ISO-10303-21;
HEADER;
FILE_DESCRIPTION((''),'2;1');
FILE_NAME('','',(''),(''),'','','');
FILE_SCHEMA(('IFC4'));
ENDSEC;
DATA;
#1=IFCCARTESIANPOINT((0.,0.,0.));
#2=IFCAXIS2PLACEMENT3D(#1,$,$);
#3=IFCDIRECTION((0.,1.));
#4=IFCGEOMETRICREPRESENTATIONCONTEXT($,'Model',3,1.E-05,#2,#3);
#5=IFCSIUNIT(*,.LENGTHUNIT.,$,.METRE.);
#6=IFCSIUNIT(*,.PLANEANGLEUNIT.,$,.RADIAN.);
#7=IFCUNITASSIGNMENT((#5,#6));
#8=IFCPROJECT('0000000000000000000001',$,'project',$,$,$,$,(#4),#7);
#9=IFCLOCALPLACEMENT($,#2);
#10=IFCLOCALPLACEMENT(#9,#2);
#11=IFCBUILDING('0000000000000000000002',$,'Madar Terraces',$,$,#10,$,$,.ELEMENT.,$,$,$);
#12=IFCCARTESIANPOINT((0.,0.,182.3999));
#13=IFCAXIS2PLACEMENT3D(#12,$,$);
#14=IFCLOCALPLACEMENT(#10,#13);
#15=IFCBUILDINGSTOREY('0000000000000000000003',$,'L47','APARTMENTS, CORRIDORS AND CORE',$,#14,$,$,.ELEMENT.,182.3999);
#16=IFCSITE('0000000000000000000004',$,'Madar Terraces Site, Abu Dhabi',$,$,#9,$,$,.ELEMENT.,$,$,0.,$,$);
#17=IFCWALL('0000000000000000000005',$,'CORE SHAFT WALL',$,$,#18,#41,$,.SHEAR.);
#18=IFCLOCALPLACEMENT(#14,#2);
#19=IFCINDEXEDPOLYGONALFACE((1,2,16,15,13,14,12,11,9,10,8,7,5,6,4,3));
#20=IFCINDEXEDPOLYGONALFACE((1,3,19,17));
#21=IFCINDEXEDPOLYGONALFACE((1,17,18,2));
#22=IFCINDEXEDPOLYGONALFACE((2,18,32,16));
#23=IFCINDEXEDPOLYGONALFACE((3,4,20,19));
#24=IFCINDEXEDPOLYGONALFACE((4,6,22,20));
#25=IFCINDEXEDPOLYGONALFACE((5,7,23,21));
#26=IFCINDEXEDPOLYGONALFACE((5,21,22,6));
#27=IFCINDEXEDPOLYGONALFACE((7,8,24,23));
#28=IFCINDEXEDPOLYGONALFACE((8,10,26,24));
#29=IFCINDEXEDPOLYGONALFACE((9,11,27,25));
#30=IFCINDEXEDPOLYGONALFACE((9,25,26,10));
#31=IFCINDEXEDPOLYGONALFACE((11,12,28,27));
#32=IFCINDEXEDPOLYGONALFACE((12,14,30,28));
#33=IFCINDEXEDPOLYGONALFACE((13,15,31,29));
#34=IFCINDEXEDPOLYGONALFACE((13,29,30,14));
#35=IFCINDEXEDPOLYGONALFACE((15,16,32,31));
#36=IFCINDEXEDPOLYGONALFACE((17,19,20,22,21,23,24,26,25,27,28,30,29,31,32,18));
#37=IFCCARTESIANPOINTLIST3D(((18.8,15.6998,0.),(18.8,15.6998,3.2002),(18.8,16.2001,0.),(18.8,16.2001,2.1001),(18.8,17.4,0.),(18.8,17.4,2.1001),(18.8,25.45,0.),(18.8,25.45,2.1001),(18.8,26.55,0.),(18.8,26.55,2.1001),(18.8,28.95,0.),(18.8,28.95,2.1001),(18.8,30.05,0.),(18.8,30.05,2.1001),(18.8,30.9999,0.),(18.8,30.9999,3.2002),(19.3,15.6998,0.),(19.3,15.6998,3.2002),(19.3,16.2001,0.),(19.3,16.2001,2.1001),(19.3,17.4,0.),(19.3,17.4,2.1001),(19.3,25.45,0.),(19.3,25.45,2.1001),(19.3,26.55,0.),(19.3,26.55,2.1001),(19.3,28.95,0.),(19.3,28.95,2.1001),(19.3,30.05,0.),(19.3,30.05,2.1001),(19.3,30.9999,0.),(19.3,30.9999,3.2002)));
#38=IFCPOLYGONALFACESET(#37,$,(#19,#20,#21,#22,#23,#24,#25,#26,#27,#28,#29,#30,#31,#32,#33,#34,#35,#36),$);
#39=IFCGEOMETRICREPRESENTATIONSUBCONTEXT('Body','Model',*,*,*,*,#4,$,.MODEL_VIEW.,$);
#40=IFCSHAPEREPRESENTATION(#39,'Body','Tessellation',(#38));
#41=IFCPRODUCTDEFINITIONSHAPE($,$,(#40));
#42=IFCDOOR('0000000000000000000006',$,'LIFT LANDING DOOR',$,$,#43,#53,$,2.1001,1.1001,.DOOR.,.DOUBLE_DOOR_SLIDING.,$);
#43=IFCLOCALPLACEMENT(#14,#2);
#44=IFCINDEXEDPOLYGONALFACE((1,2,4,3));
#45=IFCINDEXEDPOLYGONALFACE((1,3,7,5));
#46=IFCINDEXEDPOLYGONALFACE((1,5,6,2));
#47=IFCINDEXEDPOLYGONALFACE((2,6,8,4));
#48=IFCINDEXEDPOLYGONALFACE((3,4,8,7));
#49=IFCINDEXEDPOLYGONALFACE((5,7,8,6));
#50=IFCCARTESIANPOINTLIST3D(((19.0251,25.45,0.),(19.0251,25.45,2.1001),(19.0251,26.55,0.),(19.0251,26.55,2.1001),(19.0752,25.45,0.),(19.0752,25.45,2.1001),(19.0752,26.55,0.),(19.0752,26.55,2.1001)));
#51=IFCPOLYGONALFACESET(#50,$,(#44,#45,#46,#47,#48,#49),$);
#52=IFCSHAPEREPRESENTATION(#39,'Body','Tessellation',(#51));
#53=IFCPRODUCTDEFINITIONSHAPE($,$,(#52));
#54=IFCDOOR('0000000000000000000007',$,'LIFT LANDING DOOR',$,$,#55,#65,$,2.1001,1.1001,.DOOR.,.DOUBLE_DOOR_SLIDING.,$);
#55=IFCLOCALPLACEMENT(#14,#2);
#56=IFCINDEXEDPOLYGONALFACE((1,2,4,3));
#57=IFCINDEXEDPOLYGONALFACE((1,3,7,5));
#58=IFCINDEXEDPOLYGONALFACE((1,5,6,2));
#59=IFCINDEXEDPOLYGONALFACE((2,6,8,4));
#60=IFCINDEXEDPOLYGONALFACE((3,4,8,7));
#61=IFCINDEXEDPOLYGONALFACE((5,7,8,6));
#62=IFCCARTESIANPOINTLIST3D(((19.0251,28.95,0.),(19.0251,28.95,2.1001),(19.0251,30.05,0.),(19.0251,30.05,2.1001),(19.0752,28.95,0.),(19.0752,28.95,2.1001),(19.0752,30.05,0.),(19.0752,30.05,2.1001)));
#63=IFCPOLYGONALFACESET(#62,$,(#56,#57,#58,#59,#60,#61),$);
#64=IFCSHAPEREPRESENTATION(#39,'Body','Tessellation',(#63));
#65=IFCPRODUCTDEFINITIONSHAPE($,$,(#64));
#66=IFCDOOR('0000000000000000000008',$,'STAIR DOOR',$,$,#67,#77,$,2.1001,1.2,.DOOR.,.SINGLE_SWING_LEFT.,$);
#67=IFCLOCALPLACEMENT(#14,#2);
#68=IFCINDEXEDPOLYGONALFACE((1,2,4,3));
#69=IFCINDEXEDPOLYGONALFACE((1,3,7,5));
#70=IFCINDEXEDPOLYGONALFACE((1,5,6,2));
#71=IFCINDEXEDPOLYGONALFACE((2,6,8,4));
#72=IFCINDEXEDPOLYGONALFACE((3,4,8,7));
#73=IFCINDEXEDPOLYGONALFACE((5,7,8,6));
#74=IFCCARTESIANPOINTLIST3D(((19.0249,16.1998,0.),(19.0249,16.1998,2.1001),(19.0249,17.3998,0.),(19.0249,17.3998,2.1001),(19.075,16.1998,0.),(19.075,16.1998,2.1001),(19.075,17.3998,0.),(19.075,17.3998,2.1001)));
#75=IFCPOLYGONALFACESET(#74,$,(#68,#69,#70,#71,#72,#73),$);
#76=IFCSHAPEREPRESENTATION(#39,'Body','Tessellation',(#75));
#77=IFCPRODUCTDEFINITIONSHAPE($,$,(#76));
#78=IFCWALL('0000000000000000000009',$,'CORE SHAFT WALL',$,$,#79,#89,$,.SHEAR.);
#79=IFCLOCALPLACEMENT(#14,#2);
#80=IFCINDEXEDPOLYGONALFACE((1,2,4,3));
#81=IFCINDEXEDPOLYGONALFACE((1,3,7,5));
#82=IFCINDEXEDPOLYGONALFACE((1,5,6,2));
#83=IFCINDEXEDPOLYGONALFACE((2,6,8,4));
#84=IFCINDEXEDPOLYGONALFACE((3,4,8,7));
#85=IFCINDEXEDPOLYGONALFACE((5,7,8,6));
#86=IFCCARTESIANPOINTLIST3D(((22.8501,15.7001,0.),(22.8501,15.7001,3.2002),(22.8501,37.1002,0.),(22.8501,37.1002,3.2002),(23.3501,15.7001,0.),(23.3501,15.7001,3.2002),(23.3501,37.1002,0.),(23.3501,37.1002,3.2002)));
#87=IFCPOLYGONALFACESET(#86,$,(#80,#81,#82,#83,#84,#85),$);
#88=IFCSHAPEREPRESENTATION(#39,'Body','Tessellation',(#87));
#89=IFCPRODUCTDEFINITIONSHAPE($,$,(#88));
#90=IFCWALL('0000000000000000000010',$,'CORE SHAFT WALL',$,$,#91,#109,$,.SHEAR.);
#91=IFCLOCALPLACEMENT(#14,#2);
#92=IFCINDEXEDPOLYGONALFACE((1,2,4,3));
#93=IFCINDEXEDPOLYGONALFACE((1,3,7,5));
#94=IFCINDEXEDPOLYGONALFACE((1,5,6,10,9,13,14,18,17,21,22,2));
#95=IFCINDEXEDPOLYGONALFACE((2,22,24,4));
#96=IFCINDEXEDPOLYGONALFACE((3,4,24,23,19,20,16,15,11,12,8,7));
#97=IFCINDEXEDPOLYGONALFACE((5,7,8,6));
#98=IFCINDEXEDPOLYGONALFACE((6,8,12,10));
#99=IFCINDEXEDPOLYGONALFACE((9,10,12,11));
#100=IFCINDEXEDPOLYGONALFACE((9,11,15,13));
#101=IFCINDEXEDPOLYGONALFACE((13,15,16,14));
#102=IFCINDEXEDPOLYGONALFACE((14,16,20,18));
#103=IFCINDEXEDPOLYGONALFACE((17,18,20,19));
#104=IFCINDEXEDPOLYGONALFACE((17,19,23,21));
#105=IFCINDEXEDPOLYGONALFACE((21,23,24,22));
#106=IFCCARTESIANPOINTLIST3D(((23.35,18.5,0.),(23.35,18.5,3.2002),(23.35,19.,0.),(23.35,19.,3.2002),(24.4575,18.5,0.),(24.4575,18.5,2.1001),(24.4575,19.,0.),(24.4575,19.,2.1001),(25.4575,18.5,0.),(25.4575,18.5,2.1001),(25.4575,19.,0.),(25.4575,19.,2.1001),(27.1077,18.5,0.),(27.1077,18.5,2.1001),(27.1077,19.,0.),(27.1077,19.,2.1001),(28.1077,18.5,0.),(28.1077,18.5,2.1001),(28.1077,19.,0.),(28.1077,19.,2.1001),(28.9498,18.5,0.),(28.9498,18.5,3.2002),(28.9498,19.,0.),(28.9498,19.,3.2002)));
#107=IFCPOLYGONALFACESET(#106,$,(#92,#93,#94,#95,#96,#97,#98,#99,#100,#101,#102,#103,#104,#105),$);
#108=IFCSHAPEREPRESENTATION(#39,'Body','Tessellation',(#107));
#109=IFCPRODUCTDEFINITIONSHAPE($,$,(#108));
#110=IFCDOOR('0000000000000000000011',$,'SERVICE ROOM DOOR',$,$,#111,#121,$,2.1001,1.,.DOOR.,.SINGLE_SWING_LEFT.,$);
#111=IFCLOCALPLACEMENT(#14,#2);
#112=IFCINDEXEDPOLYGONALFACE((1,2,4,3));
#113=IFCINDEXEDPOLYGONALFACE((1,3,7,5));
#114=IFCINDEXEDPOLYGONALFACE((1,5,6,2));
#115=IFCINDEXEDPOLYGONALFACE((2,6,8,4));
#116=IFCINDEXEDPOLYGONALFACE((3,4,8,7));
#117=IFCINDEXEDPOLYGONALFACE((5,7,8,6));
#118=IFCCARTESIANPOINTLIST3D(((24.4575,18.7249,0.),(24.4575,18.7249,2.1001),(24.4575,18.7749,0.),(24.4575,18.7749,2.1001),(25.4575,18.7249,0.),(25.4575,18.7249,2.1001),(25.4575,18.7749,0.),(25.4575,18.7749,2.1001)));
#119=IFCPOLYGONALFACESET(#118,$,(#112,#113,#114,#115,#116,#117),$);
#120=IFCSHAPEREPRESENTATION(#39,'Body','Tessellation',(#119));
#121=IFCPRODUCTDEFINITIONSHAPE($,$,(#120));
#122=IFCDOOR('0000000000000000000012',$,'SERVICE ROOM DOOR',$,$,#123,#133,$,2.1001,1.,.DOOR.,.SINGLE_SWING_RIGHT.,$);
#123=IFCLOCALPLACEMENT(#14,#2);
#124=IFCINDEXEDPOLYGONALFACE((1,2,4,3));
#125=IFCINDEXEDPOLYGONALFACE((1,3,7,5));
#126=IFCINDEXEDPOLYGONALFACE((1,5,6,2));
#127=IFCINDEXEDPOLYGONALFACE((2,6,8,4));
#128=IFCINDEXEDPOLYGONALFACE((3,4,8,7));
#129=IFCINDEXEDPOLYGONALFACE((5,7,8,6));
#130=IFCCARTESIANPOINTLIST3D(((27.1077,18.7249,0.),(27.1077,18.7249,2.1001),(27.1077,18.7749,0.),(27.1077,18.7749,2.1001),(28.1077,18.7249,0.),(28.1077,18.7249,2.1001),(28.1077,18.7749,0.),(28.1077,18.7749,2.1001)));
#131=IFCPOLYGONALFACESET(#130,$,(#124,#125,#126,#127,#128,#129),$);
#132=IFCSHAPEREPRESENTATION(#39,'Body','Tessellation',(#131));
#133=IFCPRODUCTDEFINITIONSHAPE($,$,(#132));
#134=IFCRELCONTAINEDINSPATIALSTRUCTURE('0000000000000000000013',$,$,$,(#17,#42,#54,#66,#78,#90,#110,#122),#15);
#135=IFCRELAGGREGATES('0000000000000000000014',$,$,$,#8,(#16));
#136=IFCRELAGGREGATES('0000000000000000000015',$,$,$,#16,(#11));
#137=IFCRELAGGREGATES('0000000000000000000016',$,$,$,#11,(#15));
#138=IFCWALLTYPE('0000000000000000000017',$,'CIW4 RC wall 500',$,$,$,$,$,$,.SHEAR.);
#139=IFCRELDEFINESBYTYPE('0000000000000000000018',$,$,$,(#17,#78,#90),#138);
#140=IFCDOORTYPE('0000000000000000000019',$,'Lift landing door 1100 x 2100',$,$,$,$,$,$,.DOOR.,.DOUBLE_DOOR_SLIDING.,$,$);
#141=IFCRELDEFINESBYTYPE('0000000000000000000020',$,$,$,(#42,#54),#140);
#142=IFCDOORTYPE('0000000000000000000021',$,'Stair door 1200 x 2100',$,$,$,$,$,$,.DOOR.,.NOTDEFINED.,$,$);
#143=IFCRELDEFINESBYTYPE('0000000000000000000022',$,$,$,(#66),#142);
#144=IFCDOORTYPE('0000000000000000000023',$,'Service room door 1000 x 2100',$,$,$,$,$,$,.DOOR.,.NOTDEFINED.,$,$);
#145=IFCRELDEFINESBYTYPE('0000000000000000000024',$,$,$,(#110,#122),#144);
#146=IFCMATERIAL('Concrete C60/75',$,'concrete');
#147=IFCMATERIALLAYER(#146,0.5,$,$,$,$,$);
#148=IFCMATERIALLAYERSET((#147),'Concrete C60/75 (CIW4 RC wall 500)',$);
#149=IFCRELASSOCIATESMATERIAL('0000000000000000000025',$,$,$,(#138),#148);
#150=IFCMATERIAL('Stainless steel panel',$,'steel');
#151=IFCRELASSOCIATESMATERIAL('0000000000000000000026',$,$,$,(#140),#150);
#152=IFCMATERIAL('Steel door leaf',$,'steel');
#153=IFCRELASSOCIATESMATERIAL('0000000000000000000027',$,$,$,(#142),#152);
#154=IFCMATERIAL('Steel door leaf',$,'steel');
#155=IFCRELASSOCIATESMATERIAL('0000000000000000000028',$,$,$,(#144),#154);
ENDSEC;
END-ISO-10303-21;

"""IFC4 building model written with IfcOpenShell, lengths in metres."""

from ifc_helpers import new_model, si_unit, direction, frame, frame_2d, origin, place, context, subcontext, project, spatial, rectangle, extrude, material, layer, layer_set, type_object, element, fill, save


model = new_model("IFC4")

# Units and contexts
model_context = context("Model", 3, precision=1e-05, world=origin(), true_north=direction((0.0, 1.0)))
body_context = subcontext(model_context, "Body", "Model", "MODEL_VIEW")
ifc_project = project(units=[si_unit("LENGTHUNIT", "METRE"), si_unit("PLANEANGLEUNIT", "RADIAN")], contexts=[model_context])

# Site, building, storey
site_placement = place(None, origin())
site = spatial("IfcSite", under=ifc_project, at=site_placement, Name="Madar Terraces Site, Abu Dhabi", CompositionType="ELEMENT", RefElevation=0.0)
building_placement = place(site_placement, origin())
building = spatial("IfcBuilding", under=site, at=building_placement, Name="Madar Terraces", CompositionType="ELEMENT")
storey_placement = place(building_placement, frame((0.0, 0.0, 182.3999)))
storey = spatial("IfcBuildingStorey", under=building, at=storey_placement, Name="L47", Description="APARTMENTS, CORRIDORS AND CORE", CompositionType="ELEMENT", Elevation=182.3999)

# Wall, openings, doors
ifc_material_1 = material(Name="Concrete C60/75", Category="concrete")
ifc_layer_1 = layer(ifc_material_1, 0.5)
ifc_layer_set_1 = layer_set([ifc_layer_1], Name="Concrete C60/75 (CIW4 RC wall 500)")
wall_type_1 = type_object("IfcWallType", Name="CIW4 RC wall 500", PredefinedType="SHEAR", material=ifc_layer_set_1)
wall_1_placement = place(storey_placement, frame((19.05, 15.7, 0.0), z_axis=(0.0, 0.0, 1.0), x_axis=(0.0, 1.0, 0.0)))
wall_1 = element("IfcWall", 1, at=wall_1_placement, inside=storey, type_object=wall_type_1, Name="CORE SHAFT WALL", PredefinedType="SHEAR", context=body_context, shape_type="SweptSolid", body=[
    extrude(rectangle(XDim=15.3, YDim=0.5, at=frame_2d((7.6499, 0.0))), origin(), (0.0, 0.0, 1.0), 3.2002),
])
opening_1_placement = place(wall_1_placement, frame((9.75, 0.0, 0.0)))
opening_1 = element("IfcOpeningElement", 2, at=opening_1_placement, cuts=wall_1, PredefinedType="OPENING", context=body_context, shape_type="SweptSolid", body=[
    extrude(rectangle(XDim=1.1001, YDim=2.1001, at=frame_2d((0.55, 1.05))), frame((0.0, 0.26, 0.0), z_axis=(0.0, -1.0, 0.0), x_axis=(1.0, 0.0, 0.0)), (0.0, 0.0, 1.0), 0.52),
])
opening_2_placement = place(wall_1_placement, frame((13.25, 0.0, 0.0)))
opening_2 = element("IfcOpeningElement", 3, at=opening_2_placement, cuts=wall_1, PredefinedType="OPENING", context=body_context, shape_type="SweptSolid", body=[
    extrude(rectangle(XDim=1.1001, YDim=2.1001, at=frame_2d((0.55, 1.05))), frame((0.0, 0.26, 0.0), z_axis=(0.0, -1.0, 0.0), x_axis=(1.0, 0.0, 0.0)), (0.0, 0.0, 1.0), 0.52),
])
opening_3_placement = place(wall_1_placement, frame((0.5, 0.0, 0.0)))
opening_3 = element("IfcOpeningElement", 4, at=opening_3_placement, cuts=wall_1, PredefinedType="OPENING", context=body_context, shape_type="SweptSolid", body=[
    extrude(rectangle(XDim=1.2, YDim=2.1001, at=frame_2d((0.6001, 1.05))), frame((0.0, 0.26, 0.0), z_axis=(0.0, -1.0, 0.0), x_axis=(1.0, 0.0, 0.0)), (0.0, 0.0, 1.0), 0.52),
])
ifc_material_2 = material(Name="Stainless steel panel", Category="steel")
door_type_1 = type_object("IfcDoorType", Name="Lift landing door 1100 x 2100", OperationType="DOUBLE_DOOR_SLIDING", PredefinedType="DOOR", material=ifc_material_2)
door_1_placement = place(opening_1_placement, origin())
door_1 = element("IfcDoor", 5, at=door_1_placement, inside=storey, type_object=door_type_1, Name="LIFT LANDING DOOR", OperationType="DOUBLE_DOOR_SLIDING", OverallHeight=2.1001, OverallWidth=1.1001, PredefinedType="DOOR", context=body_context, shape_type="SweptSolid", body=[
    extrude(rectangle(XDim=1.1001, YDim=2.1001, at=frame_2d((0.55, 1.05))), frame((0.0, 0.0249, 0.0), z_axis=(0.0, -1.0, 0.0), x_axis=(1.0, 0.0, 0.0)), (0.0, 0.0, 1.0), 0.05),
])
fill(opening_1, door_1)
door_2_placement = place(opening_2_placement, origin())
door_2 = element("IfcDoor", 6, at=door_2_placement, inside=storey, type_object=door_type_1, Name="LIFT LANDING DOOR", OperationType="DOUBLE_DOOR_SLIDING", OverallHeight=2.1001, OverallWidth=1.1001, PredefinedType="DOOR", context=body_context, shape_type="SweptSolid", body=[
    extrude(rectangle(XDim=1.1001, YDim=2.1001, at=frame_2d((0.55, 1.05))), frame((0.0, 0.0249, 0.0), z_axis=(0.0, -1.0, 0.0), x_axis=(1.0, 0.0, 0.0)), (0.0, 0.0, 1.0), 0.05),
])
fill(opening_2, door_2)
ifc_material_3 = material(Name="Steel door leaf", Category="steel")
door_type_2 = type_object("IfcDoorType", Name="Stair door 1200 x 2100", OperationType="NOTDEFINED", PredefinedType="DOOR", material=ifc_material_3)
door_3_placement = place(opening_3_placement, frame((1.2, 0.0, 0.0), z_axis=(0.0, 0.0, 1.0), x_axis=(-1.0, 0.0, 0.0)))
door_3 = element("IfcDoor", 7, at=door_3_placement, inside=storey, type_object=door_type_2, Name="STAIR DOOR", OperationType="SINGLE_SWING_LEFT", OverallHeight=2.1001, OverallWidth=1.2, PredefinedType="DOOR", context=body_context, shape_type="SweptSolid", body=[
    extrude(rectangle(XDim=1.2, YDim=2.1001, at=frame_2d((0.6001, 1.05))), frame((0.0, 0.0249, 0.0), z_axis=(0.0, -1.0, 0.0), x_axis=(1.0, 0.0, 0.0)), (0.0, 0.0, 1.0), 0.05),
])
fill(opening_3, door_3)

# Wall
wall_2_placement = place(storey_placement, frame((23.1001, 15.7, 0.0), z_axis=(0.0, 0.0, 1.0), x_axis=(0.0, 1.0, 0.0)))
element("IfcWall", 8, at=wall_2_placement, inside=storey, type_object=wall_type_1, Name="CORE SHAFT WALL", PredefinedType="SHEAR", context=body_context, shape_type="SweptSolid", body=[
    extrude(rectangle(XDim=21.4001, YDim=0.5, at=frame_2d((10.7002, 0.0))), origin(), (0.0, 0.0, 1.0), 3.2002),
])

# Wall, openings, doors
wall_3_placement = place(storey_placement, frame((23.3501, 18.75, 0.0), z_axis=(0.0, 0.0, 1.0), x_axis=(1.0, 0.0, 0.0)))
wall_3 = element("IfcWall", 9, at=wall_3_placement, inside=storey, type_object=wall_type_1, Name="CORE SHAFT WALL", PredefinedType="SHEAR", context=body_context, shape_type="SweptSolid", body=[
    extrude(rectangle(XDim=5.5999, YDim=0.5, at=frame_2d((2.7998, 0.0))), origin(), (0.0, 0.0, 1.0), 3.2002),
])
opening_4_placement = place(wall_3_placement, frame((1.1074, 0.0, 0.0)))
opening_4 = element("IfcOpeningElement", 10, at=opening_4_placement, cuts=wall_3, PredefinedType="OPENING", context=body_context, shape_type="SweptSolid", body=[
    extrude(rectangle(XDim=1.0, YDim=2.1001, at=frame_2d((0.5, 1.05))), frame((0.0, 0.26, 0.0), z_axis=(0.0, -1.0, 0.0), x_axis=(1.0, 0.0, 0.0)), (0.0, 0.0, 1.0), 0.52),
])
opening_5_placement = place(wall_3_placement, frame((3.7576, 0.0, 0.0)))
opening_5 = element("IfcOpeningElement", 11, at=opening_5_placement, cuts=wall_3, PredefinedType="OPENING", context=body_context, shape_type="SweptSolid", body=[
    extrude(rectangle(XDim=1.0, YDim=2.1001, at=frame_2d((0.5, 1.05))), frame((0.0, 0.26, 0.0), z_axis=(0.0, -1.0, 0.0), x_axis=(1.0, 0.0, 0.0)), (0.0, 0.0, 1.0), 0.52),
])
ifc_material_4 = material(Name="Steel door leaf", Category="steel")
door_type_3 = type_object("IfcDoorType", Name="Service room door 1000 x 2100", OperationType="NOTDEFINED", PredefinedType="DOOR", material=ifc_material_4)
door_4_placement = place(opening_4_placement, origin())
door_4 = element("IfcDoor", 12, at=door_4_placement, inside=storey, type_object=door_type_3, Name="SERVICE ROOM DOOR", OperationType="SINGLE_SWING_LEFT", OverallHeight=2.1001, OverallWidth=1.0, PredefinedType="DOOR", context=body_context, shape_type="SweptSolid", body=[
    extrude(rectangle(XDim=1.0, YDim=2.1001, at=frame_2d((0.5, 1.05))), frame((0.0, 0.0249, 0.0), z_axis=(0.0, -1.0, 0.0), x_axis=(1.0, 0.0, 0.0)), (0.0, 0.0, 1.0), 0.05),
])
fill(opening_4, door_4)
door_5_placement = place(opening_5_placement, origin())
door_5 = element("IfcDoor", 13, at=door_5_placement, inside=storey, type_object=door_type_3, Name="SERVICE ROOM DOOR", OperationType="SINGLE_SWING_RIGHT", OverallHeight=2.1001, OverallWidth=1.0, PredefinedType="DOOR", context=body_context, shape_type="SweptSolid", body=[
    extrude(rectangle(XDim=1.0, YDim=2.1001, at=frame_2d((0.5, 1.05))), frame((0.0, 0.0249, 0.0), z_axis=(0.0, -1.0, 0.0), x_axis=(1.0, 0.0, 0.0)), (0.0, 0.0, 1.0), 0.05),
])
fill(opening_5, door_5)

save(model, "model.ifc")
